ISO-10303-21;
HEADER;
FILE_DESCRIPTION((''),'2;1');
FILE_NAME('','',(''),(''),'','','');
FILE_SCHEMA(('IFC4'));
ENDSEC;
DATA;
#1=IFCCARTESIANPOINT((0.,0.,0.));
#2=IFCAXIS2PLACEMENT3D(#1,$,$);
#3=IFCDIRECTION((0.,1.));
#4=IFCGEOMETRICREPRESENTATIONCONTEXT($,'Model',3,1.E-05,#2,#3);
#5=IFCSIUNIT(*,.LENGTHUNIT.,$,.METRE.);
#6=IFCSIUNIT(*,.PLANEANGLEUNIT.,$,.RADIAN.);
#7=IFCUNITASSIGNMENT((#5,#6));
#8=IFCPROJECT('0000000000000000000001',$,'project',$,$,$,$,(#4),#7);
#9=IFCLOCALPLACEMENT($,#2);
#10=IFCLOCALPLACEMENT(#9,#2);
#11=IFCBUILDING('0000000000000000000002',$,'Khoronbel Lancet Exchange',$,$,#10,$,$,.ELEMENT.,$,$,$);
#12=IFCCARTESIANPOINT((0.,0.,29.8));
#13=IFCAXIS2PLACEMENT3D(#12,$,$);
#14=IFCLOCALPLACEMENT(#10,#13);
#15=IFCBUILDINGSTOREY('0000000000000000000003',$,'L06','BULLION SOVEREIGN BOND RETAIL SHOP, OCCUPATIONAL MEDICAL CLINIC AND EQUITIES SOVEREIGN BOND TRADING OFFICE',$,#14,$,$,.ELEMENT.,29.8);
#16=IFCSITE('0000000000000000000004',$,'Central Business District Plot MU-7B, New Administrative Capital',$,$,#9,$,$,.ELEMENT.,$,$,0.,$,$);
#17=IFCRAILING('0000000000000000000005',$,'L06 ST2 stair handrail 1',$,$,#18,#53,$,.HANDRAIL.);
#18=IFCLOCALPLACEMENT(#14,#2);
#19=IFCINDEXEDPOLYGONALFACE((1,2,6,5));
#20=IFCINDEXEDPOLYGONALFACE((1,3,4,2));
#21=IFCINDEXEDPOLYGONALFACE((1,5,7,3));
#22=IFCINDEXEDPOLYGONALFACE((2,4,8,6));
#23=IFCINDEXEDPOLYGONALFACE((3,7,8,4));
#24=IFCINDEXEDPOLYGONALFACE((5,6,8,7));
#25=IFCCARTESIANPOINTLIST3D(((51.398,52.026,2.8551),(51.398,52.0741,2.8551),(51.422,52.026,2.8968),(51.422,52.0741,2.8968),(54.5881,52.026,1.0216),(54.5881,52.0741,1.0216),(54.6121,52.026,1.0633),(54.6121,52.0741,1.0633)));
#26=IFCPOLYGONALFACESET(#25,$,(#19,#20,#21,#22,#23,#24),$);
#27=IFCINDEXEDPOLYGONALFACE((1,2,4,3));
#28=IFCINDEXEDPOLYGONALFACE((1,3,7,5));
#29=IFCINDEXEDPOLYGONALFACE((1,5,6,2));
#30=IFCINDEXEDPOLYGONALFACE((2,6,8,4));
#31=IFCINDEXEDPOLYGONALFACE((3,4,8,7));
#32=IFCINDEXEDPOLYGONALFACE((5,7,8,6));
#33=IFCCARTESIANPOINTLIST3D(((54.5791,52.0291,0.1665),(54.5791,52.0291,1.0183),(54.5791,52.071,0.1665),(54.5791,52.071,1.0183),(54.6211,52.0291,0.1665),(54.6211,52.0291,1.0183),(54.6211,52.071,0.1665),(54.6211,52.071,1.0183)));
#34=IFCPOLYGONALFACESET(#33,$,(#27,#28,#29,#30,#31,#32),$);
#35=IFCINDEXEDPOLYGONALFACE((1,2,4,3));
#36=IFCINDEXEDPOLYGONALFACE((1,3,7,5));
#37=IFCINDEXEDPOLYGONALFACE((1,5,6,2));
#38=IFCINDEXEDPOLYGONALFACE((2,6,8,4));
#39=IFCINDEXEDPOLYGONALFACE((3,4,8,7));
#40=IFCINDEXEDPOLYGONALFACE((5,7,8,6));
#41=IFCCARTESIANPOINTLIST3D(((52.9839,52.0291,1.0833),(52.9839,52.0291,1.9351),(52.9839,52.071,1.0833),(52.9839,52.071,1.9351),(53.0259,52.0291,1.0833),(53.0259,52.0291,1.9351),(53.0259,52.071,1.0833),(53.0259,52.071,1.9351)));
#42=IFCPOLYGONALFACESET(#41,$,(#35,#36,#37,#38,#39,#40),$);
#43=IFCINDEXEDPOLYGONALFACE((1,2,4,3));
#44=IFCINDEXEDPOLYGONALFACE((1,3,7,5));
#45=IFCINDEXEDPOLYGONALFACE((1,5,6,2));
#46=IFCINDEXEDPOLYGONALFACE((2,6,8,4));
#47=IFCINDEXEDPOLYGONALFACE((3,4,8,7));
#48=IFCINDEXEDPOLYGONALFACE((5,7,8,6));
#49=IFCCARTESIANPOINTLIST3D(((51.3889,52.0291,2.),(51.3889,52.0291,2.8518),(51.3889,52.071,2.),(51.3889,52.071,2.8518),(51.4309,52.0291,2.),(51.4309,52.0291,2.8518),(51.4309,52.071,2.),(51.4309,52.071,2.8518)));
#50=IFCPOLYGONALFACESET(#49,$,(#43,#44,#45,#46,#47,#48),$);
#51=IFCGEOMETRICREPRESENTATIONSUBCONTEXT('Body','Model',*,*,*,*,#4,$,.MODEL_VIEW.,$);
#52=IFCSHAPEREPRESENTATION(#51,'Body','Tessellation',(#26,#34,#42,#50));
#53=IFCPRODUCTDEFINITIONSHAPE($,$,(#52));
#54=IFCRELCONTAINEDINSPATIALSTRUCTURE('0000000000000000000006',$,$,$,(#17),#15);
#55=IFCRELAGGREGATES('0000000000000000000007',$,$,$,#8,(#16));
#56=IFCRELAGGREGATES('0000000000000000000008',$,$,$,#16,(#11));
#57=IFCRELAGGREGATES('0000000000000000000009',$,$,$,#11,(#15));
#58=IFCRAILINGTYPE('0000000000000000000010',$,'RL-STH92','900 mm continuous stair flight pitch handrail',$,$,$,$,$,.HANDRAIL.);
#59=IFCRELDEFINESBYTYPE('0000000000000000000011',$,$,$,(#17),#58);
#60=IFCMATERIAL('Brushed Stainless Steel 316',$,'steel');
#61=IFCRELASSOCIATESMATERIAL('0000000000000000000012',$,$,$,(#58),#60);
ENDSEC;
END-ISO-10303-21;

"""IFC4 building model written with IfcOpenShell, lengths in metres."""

from ifc_helpers import new_model, si_unit, direction, frame, origin, origin_2d, place, context, subcontext, project, spatial, rectangle, extrude, material, type_object, element, save


model = new_model("IFC4")

# Units and contexts
model_context = context("Model", 3, precision=1e-05, world=origin(), true_north=direction((0.0, 1.0)))
body_context = subcontext(model_context, "Body", "Model", "MODEL_VIEW")
ifc_project = project(units=[si_unit("LENGTHUNIT", "METRE"), si_unit("PLANEANGLEUNIT", "RADIAN")], contexts=[model_context])

# Site, building, storey
site_placement = place(None, origin())
site = spatial("IfcSite", under=ifc_project, at=site_placement, Name="Central Business District Plot MU-7B, New Administrative Capital", CompositionType="ELEMENT", RefElevation=0.0)
building_placement = place(site_placement, origin())
building = spatial("IfcBuilding", under=site, at=building_placement, Name="Khoronbel Lancet Exchange", CompositionType="ELEMENT")
storey_placement = place(building_placement, frame((0.0, 0.0, 29.8)))
storey = spatial("IfcBuildingStorey", under=building, at=storey_placement, Name="L06", Description="BULLION SOVEREIGN BOND RETAIL SHOP, OCCUPATIONAL MEDICAL CLINIC AND EQUITIES SOVEREIGN BOND TRADING OFFICE", CompositionType="ELEMENT", Elevation=29.8)

# Railing
ifc_material_1 = material(Name="Brushed Stainless Steel 316", Category="steel")
railing_type_1 = type_object("IfcRailingType", Name="RL-STH92", Description="900 mm continuous stair flight pitch handrail", PredefinedType="HANDRAIL", material=ifc_material_1)
railing_1_placement = place(storey_placement, frame((54.6001, 52.05, 0.1665)))
element("IfcRailing", 1, at=railing_1_placement, inside=storey, type_object=railing_type_1, Name="L06 ST2 stair handrail 1", PredefinedType="HANDRAIL", context=body_context, shape_type="SweptSolid", body=[
    extrude(rectangle(XDim=0.0481, YDim=0.0481, at=origin_2d()), frame((0.0, 0.0, 0.876), z_axis=(-0.867007, 0.0, 0.498295), x_axis=(0.0, -1.0, 0.0)), (0.0, 0.0, 1.0), 3.6794),
    extrude(rectangle(XDim=0.042, YDim=0.042, at=origin_2d()), origin(), (0.0, 0.0, 1.0), 0.8518),
    extrude(rectangle(XDim=0.042, YDim=0.042, at=origin_2d()), frame((-1.5952, 0.0, 0.9167)), (0.0, 0.0, 1.0), 0.8518),
    extrude(rectangle(XDim=0.042, YDim=0.042, at=origin_2d()), frame((-3.1902, 0.0, 1.8335)), (0.0, 0.0, 1.0), 0.8518),
])

save(model, "model.ifc")
